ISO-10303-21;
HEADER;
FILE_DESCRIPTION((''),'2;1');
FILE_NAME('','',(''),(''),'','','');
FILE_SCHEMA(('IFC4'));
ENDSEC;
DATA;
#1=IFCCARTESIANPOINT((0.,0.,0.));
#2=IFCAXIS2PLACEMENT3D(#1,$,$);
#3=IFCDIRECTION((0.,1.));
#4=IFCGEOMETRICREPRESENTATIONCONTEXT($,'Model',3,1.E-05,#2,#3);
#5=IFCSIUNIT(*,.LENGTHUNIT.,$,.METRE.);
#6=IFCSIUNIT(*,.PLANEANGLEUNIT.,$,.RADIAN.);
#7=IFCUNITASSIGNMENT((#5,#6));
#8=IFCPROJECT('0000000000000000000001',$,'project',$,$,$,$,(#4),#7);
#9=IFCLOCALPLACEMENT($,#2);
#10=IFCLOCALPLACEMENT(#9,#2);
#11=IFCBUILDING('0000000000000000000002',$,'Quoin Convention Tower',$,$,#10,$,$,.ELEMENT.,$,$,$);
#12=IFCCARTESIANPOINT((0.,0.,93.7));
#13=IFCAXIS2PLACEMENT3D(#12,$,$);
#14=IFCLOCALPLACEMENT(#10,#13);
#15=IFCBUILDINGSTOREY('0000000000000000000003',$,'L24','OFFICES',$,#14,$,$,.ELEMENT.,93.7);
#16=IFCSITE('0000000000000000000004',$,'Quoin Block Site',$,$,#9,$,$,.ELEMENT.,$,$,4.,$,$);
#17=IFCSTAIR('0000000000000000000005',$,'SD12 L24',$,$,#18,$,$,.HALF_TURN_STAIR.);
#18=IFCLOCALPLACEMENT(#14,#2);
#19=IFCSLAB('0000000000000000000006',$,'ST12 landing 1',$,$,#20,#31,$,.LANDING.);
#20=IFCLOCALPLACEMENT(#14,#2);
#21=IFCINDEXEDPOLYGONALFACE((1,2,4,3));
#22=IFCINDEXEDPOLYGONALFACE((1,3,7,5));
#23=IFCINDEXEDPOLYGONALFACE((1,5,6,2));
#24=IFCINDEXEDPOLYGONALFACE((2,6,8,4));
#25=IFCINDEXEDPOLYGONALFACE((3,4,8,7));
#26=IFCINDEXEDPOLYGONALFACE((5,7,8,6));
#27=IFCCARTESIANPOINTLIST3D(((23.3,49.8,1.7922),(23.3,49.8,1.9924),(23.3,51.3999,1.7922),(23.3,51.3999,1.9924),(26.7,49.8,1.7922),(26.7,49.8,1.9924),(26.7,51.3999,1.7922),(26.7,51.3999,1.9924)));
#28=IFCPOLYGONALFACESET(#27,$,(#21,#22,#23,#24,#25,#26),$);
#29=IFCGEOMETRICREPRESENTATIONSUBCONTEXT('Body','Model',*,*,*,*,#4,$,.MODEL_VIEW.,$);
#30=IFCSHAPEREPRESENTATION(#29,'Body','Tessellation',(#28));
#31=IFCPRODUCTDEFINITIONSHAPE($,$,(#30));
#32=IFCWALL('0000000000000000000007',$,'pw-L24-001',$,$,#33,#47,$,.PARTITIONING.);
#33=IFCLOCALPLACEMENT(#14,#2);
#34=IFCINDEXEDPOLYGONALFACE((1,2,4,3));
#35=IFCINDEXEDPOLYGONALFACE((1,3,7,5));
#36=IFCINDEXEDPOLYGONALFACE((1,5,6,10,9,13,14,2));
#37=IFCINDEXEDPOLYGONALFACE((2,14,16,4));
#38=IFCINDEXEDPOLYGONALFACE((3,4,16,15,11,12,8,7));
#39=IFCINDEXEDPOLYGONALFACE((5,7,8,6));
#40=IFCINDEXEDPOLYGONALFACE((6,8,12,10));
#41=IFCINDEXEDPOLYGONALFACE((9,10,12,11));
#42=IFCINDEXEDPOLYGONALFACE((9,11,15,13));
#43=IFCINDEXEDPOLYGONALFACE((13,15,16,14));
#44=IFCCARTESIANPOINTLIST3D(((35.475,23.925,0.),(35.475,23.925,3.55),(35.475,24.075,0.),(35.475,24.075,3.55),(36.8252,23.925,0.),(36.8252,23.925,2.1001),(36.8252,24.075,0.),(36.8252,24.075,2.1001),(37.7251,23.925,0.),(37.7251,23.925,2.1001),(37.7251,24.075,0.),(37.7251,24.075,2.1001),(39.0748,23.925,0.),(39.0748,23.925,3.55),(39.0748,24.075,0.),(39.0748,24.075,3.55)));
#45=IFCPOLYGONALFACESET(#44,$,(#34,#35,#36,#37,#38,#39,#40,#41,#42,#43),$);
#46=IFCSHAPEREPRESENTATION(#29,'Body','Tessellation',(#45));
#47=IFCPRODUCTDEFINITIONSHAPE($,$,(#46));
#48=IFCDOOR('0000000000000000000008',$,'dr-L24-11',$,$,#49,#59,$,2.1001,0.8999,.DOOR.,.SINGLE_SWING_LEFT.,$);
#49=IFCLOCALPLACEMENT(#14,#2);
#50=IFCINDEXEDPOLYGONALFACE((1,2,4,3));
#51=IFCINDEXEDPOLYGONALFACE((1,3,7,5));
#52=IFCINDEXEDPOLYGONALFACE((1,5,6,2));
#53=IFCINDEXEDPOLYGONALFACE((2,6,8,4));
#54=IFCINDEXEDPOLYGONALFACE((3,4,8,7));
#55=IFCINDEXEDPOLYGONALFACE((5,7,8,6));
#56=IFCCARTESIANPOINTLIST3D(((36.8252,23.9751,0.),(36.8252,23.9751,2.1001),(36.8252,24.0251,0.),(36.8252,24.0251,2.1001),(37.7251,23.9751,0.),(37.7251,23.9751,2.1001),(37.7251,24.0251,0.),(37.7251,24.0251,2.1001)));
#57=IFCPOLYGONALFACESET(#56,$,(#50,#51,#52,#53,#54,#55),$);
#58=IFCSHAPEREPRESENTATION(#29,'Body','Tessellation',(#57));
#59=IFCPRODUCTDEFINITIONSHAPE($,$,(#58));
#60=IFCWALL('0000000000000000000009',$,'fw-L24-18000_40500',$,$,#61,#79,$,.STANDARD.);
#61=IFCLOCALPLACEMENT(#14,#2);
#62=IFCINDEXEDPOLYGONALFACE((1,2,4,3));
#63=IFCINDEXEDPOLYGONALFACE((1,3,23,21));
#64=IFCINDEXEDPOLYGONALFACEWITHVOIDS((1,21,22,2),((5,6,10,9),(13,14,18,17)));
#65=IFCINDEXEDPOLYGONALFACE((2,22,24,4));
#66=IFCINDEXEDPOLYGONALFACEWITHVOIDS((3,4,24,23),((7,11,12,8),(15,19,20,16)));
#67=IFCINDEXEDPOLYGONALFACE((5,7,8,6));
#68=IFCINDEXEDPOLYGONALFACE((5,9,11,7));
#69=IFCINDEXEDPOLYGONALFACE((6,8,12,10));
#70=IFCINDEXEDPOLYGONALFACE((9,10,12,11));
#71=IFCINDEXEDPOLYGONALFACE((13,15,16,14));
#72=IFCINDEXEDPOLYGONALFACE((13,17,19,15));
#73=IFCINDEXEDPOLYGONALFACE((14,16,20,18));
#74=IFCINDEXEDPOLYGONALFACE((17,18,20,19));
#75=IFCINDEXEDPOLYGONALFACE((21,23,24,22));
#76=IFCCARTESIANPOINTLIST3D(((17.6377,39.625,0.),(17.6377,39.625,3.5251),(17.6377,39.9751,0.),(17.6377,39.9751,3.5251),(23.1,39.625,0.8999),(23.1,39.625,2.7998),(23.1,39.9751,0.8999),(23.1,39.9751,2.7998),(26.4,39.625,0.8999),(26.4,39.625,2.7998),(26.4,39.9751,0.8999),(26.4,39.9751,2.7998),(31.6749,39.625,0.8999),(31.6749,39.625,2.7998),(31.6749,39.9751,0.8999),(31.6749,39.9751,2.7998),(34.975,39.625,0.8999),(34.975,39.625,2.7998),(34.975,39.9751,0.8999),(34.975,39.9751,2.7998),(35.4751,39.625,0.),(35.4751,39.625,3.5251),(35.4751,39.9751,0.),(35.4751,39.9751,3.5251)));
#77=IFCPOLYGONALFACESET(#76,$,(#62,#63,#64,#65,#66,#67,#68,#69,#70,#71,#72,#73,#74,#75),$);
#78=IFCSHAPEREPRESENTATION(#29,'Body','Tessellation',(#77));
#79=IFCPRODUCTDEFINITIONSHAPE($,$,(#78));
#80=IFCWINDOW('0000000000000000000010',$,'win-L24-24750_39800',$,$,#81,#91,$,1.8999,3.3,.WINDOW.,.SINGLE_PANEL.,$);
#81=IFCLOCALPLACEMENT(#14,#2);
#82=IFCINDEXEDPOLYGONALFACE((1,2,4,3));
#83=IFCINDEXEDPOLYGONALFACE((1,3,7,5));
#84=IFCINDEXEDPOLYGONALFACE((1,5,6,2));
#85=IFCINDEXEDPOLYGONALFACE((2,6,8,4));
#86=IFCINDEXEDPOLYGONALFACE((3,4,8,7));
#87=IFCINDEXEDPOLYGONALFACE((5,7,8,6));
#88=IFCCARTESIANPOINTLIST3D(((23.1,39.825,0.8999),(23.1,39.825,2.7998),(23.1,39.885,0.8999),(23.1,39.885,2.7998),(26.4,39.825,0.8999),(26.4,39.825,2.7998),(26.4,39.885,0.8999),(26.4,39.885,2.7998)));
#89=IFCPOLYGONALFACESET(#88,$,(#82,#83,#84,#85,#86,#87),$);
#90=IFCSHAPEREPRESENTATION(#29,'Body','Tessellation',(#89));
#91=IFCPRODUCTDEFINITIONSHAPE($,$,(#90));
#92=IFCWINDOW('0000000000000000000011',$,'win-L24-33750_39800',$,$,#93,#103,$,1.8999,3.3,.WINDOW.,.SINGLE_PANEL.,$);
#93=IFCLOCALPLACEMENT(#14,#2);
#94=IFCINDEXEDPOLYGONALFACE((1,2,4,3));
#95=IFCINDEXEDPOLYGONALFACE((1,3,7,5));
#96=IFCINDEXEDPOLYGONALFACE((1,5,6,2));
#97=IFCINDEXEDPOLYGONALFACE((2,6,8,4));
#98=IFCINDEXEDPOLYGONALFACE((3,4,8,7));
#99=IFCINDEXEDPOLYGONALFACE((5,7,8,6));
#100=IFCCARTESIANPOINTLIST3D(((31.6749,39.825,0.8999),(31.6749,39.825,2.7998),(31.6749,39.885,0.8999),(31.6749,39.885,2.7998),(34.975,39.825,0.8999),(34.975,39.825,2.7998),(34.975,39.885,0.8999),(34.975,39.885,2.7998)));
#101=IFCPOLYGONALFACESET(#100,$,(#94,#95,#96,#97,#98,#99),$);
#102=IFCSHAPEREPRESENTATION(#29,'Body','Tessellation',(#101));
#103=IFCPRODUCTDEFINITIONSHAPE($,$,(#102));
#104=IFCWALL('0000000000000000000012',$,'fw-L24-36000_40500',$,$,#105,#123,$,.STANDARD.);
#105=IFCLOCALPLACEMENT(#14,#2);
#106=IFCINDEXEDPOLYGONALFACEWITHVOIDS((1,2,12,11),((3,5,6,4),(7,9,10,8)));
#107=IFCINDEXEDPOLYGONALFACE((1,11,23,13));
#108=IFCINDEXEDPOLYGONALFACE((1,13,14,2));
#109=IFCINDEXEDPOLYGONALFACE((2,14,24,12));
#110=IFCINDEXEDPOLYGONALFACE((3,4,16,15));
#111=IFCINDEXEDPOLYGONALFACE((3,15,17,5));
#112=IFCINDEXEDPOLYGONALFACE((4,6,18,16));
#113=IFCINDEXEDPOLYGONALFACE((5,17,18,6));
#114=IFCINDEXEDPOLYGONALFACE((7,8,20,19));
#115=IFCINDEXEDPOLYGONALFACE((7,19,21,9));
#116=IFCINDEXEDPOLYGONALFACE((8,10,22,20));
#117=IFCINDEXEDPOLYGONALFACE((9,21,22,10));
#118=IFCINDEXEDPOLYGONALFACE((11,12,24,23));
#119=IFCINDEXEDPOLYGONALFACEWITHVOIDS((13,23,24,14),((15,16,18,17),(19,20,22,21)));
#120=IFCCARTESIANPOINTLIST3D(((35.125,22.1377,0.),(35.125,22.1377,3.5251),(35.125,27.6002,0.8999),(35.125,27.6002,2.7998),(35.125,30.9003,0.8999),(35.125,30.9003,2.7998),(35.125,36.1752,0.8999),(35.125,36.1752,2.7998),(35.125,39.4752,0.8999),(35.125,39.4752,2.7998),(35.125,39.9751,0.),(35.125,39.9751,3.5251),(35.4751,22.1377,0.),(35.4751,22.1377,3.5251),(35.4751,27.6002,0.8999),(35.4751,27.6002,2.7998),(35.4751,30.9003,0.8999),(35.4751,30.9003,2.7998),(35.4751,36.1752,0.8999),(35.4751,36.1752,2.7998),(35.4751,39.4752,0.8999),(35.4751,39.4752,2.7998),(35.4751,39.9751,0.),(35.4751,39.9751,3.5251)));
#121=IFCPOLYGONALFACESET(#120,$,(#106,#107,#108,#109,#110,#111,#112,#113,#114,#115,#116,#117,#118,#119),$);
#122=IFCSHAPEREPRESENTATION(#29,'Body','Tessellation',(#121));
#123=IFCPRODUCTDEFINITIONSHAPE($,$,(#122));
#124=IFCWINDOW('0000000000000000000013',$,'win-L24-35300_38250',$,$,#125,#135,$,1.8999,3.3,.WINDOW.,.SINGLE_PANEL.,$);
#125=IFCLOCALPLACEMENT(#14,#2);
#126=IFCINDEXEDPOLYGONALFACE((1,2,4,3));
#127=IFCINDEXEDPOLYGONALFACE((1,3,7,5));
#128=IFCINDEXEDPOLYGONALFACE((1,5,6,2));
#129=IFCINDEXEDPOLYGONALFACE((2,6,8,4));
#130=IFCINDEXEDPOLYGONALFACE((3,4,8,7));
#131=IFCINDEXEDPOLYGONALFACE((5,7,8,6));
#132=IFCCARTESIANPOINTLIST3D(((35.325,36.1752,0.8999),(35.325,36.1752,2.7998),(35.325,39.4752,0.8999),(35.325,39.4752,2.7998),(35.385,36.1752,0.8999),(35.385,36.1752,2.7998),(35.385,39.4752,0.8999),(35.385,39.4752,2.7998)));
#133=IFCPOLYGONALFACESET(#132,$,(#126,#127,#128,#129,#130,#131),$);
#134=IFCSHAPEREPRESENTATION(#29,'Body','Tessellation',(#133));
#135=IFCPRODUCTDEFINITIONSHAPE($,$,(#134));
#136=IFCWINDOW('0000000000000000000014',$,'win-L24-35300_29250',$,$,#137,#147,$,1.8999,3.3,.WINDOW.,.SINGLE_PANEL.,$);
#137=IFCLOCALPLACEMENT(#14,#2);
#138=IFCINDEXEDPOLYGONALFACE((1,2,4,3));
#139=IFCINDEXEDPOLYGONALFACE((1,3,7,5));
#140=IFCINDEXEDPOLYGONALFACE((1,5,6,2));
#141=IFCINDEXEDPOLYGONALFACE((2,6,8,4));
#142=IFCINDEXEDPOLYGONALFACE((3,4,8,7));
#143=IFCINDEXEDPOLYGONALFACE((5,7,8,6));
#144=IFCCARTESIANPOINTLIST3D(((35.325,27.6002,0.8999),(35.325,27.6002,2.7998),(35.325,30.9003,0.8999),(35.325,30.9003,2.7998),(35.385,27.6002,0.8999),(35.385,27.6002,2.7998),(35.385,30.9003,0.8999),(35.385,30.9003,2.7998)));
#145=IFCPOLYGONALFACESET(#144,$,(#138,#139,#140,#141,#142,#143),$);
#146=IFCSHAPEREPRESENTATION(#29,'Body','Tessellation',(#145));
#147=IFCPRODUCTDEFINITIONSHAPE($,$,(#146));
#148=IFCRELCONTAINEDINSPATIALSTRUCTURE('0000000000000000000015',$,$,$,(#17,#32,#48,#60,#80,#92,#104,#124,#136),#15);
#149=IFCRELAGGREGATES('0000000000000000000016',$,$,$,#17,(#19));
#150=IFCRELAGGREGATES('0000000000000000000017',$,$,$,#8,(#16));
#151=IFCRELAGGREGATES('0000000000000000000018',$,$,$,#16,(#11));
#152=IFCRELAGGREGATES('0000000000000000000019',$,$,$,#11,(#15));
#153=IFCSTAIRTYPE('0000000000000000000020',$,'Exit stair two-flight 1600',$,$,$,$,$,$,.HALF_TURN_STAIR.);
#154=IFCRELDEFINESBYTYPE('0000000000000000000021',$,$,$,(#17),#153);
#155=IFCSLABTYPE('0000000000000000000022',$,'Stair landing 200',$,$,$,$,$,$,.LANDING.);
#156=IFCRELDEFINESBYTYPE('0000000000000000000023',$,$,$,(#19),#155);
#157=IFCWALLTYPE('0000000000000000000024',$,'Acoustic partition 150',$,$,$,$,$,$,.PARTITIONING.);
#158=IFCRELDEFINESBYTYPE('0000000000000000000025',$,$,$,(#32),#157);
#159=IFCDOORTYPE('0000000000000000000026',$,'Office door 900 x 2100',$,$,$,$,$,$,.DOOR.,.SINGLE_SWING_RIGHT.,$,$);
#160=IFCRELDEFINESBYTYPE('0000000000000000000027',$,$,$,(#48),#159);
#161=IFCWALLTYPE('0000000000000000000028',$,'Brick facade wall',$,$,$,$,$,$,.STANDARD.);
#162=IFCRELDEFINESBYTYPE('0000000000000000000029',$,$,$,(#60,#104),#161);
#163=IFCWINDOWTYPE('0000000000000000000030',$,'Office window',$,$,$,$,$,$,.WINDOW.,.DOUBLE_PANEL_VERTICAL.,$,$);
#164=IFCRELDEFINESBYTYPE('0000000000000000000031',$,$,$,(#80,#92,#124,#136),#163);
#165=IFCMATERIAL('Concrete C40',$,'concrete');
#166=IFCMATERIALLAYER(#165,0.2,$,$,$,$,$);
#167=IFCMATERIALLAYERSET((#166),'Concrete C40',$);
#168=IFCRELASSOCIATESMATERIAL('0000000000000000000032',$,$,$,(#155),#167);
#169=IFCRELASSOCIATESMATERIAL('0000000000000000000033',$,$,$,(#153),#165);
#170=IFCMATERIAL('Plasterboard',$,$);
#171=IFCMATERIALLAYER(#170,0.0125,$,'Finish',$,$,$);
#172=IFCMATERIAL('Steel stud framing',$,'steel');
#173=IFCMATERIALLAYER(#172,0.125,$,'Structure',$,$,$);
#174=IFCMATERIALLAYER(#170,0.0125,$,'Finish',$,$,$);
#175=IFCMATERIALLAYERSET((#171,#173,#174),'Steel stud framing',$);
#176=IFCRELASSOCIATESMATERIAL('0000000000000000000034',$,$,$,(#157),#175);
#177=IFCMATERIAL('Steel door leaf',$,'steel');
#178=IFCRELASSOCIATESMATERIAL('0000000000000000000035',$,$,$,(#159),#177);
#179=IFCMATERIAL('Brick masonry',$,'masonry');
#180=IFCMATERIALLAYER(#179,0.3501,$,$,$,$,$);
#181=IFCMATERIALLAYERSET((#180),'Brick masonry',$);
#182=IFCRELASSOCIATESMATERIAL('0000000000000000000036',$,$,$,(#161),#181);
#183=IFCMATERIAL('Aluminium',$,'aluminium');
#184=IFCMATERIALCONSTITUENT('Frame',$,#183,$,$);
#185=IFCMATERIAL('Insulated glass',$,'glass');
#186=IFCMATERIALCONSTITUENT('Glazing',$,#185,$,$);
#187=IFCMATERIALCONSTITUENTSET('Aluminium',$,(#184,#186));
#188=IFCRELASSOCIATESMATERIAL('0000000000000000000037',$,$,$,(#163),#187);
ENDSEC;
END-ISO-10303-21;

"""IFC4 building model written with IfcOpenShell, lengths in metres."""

from ifc_helpers import new_model, si_unit, direction, frame, frame_2d, origin, place, context, subcontext, project, spatial, polyline, rectangle, outline, extrude, material, layer, layer_set, constituent, constituent_set, type_object, element, fill, aggregate, save


model = new_model("IFC4")

# Units and contexts
model_context = context("Model", 3, precision=1e-05, world=origin(), true_north=direction((0.0, 1.0)))
body_context = subcontext(model_context, "Body", "Model", "MODEL_VIEW")
ifc_project = project(units=[si_unit("LENGTHUNIT", "METRE"), si_unit("PLANEANGLEUNIT", "RADIAN")], contexts=[model_context])

# Site, building, storey
site_placement = place(None, origin())
site = spatial("IfcSite", under=ifc_project, at=site_placement, Name="Quoin Block Site", CompositionType="ELEMENT", RefElevation=4.0)
building_placement = place(site_placement, origin())
building = spatial("IfcBuilding", under=site, at=building_placement, Name="Quoin Convention Tower", CompositionType="ELEMENT")
storey_placement = place(building_placement, frame((0.0, 0.0, 93.7)))
storey = spatial("IfcBuildingStorey", under=building, at=storey_placement, Name="L24", Description="OFFICES", CompositionType="ELEMENT", Elevation=93.7)

# Shared definitions
ifc_material_1 = material(Name="Concrete C40", Category="concrete")

# Stair, slab
ifc_layer_1 = layer(ifc_material_1, 0.2)
ifc_layer_set_1 = layer_set([ifc_layer_1], Name="Concrete C40")
slab_type_1 = type_object("IfcSlabType", Name="Stair landing 200", PredefinedType="LANDING", material=ifc_layer_set_1)
stair_type_1 = type_object("IfcStairType", Name="Exit stair two-flight 1600", PredefinedType="HALF_TURN_STAIR", material=ifc_material_1)
stair_1_placement = place(storey_placement, origin())
stair_1 = element("IfcStair", 1, at=stair_1_placement, inside=storey, type_object=stair_type_1, Name="SD12 L24", PredefinedType="HALF_TURN_STAIR")
slab_1_placement = place(storey_placement, frame((0.0, 0.0, 1.7922)))
slab_1 = element("IfcSlab", 2, at=slab_1_placement, type_object=slab_type_1, Name="ST12 landing 1", PredefinedType="LANDING", context=body_context, shape_type="SweptSolid", body=[
    extrude(outline(polyline([(26.7, 51.3999), (23.3, 51.3999), (23.3, 49.8), (26.7, 49.8), (26.7, 51.3999)])), origin(), (0.0, 0.0, 1.0), 0.2002),
])
aggregate(stair_1, [slab_1])

# Wall, opening, door
ifc_material_2 = material(Name="Plasterboard")
ifc_layer_2 = layer(ifc_material_2, 0.0125, Name="Finish")
ifc_material_3 = material(Name="Steel stud framing", Category="steel")
ifc_layer_3 = layer(ifc_material_3, 0.125, Name="Structure")
ifc_layer_4 = layer(ifc_material_2, 0.0125, Name="Finish")
ifc_layer_set_2 = layer_set([ifc_layer_2, ifc_layer_3, ifc_layer_4], Name="Steel stud framing")
wall_type_1 = type_object("IfcWallType", Name="Acoustic partition 150", PredefinedType="PARTITIONING", material=ifc_layer_set_2)
wall_1_placement = place(storey_placement, frame((35.4751, 24.0, 0.0), z_axis=(0.0, 0.0, 1.0), x_axis=(1.0, 0.0, 0.0)))
wall_1 = element("IfcWall", 3, at=wall_1_placement, inside=storey, type_object=wall_type_1, Name="pw-L24-001", PredefinedType="PARTITIONING", context=body_context, shape_type="SweptSolid", body=[
    extrude(rectangle(XDim=3.5999, YDim=0.1499, at=frame_2d((1.7998, 0.0))), origin(), (0.0, 0.0, 1.0), 3.55),
])
opening_1_placement = place(wall_1_placement, frame((1.3501, 0.0, 0.0)))
opening_1 = element("IfcOpeningElement", 4, at=opening_1_placement, cuts=wall_1, PredefinedType="OPENING", context=body_context, shape_type="SweptSolid", body=[
    extrude(rectangle(XDim=0.8999, YDim=2.1001, at=frame_2d((0.45, 1.05))), frame((0.0, 0.085, 0.0), z_axis=(0.0, -1.0, 0.0), x_axis=(1.0, 0.0, 0.0)), (0.0, 0.0, 1.0), 0.1699),
])
ifc_material_4 = material(Name="Steel door leaf", Category="steel")
door_type = type_object("IfcDoorType", Name="Office door 900 x 2100", OperationType="SINGLE_SWING_RIGHT", PredefinedType="DOOR", material=ifc_material_4)
door_placement = place(opening_1_placement, frame((0.8999, 0.0, 0.0), z_axis=(0.0, 0.0, 1.0), x_axis=(-1.0, 0.0, 0.0)))
door = element("IfcDoor", 5, at=door_placement, inside=storey, type_object=door_type, Name="dr-L24-11", OperationType="SINGLE_SWING_LEFT", OverallHeight=2.1001, OverallWidth=0.8999, PredefinedType="DOOR", context=body_context, shape_type="SweptSolid", body=[
    extrude(rectangle(XDim=0.8999, YDim=2.1001, at=frame_2d((0.45, 1.05))), frame((0.0, 0.0249, 0.0), z_axis=(0.0, -1.0, 0.0), x_axis=(1.0, 0.0, 0.0)), (0.0, 0.0, 1.0), 0.05),
])
fill(opening_1, door)

# Walls, openings, windows
ifc_material_5 = material(Name="Brick masonry", Category="masonry")
ifc_layer_5 = layer(ifc_material_5, 0.3501)
ifc_layer_set_3 = layer_set([ifc_layer_5], Name="Brick masonry")
wall_type_2 = type_object("IfcWallType", Name="Brick facade wall", PredefinedType="STANDARD", material=ifc_layer_set_3)
wall_2_placement = place(storey_placement, frame((17.6377, 39.8, 0.0), z_axis=(0.0, 0.0, 1.0), x_axis=(1.0, 0.0, 0.0)))
wall_2 = element("IfcWall", 6, at=wall_2_placement, inside=storey, type_object=wall_type_2, Name="fw-L24-18000_40500", PredefinedType="STANDARD", context=body_context, shape_type="SweptSolid", body=[
    extrude(rectangle(XDim=17.8374, YDim=0.3501, at=frame_2d((8.9187, 0.0))), origin(), (0.0, 0.0, 1.0), 3.5251),
])
opening_2_placement = place(wall_2_placement, frame((5.4624, 0.0, 0.8999)))
opening_2 = element("IfcOpeningElement", 7, at=opening_2_placement, cuts=wall_2, PredefinedType="OPENING", context=body_context, shape_type="SweptSolid", body=[
    extrude(rectangle(XDim=3.3, YDim=1.8999, at=frame_2d((1.6499, 0.95))), frame((0.0, 0.1851, 0.0), z_axis=(0.0, -1.0, 0.0), x_axis=(1.0, 0.0, 0.0)), (0.0, 0.0, 1.0), 0.3701),
])
opening_3_placement = place(wall_2_placement, frame((14.0374, 0.0, 0.8999)))
opening_3 = element("IfcOpeningElement", 8, at=opening_3_placement, cuts=wall_2, PredefinedType="OPENING", context=body_context, shape_type="SweptSolid", body=[
    extrude(rectangle(XDim=3.3, YDim=1.8999, at=frame_2d((1.6499, 0.95))), frame((0.0, 0.1851, 0.0), z_axis=(0.0, -1.0, 0.0), x_axis=(1.0, 0.0, 0.0)), (0.0, 0.0, 1.0), 0.3701),
])
ifc_material_6 = material(Name="Aluminium", Category="aluminium")
ifc_constituent_1 = constituent(ifc_material_6, Name="Frame")
ifc_material_7 = material(Name="Insulated glass", Category="glass")
ifc_constituent_2 = constituent(ifc_material_7, Name="Glazing")
ifc_constituent_set = constituent_set(constituents=[ifc_constituent_1, ifc_constituent_2], Name="Aluminium")
window_type = type_object("IfcWindowType", Name="Office window", PartitioningType="DOUBLE_PANEL_VERTICAL", PredefinedType="WINDOW", material=ifc_constituent_set)
window_1_placement = place(opening_2_placement, origin())
window_1 = element("IfcWindow", 9, at=window_1_placement, inside=storey, type_object=window_type, Name="win-L24-24750_39800", OverallHeight=1.8999, OverallWidth=3.3, PartitioningType="SINGLE_PANEL", PredefinedType="WINDOW", context=body_context, shape_type="SweptSolid", body=[
    extrude(rectangle(XDim=3.3, YDim=1.8999, at=frame_2d((1.6499, 0.95))), frame((0.0, 0.085, 0.0), z_axis=(0.0, -1.0, 0.0), x_axis=(1.0, 0.0, 0.0)), (0.0, 0.0, 1.0), 0.0601),
])
fill(opening_2, window_1)
window_2_placement = place(opening_3_placement, origin())
window_2 = element("IfcWindow", 10, at=window_2_placement, inside=storey, type_object=window_type, Name="win-L24-33750_39800", OverallHeight=1.8999, OverallWidth=3.3, PartitioningType="SINGLE_PANEL", PredefinedType="WINDOW", context=body_context, shape_type="SweptSolid", body=[
    extrude(rectangle(XDim=3.3, YDim=1.8999, at=frame_2d((1.6499, 0.95))), frame((0.0, 0.085, 0.0), z_axis=(0.0, -1.0, 0.0), x_axis=(1.0, 0.0, 0.0)), (0.0, 0.0, 1.0), 0.0601),
])
fill(opening_3, window_2)
wall_3_placement = place(storey_placement, frame((35.3, 39.9751, 0.0), z_axis=(0.0, 0.0, 1.0), x_axis=(0.0, -1.0, 0.0)))
wall_3 = element("IfcWall", 11, at=wall_3_placement, inside=storey, type_object=wall_type_2, Name="fw-L24-36000_40500", PredefinedType="STANDARD", context=body_context, shape_type="SweptSolid", body=[
    extrude(rectangle(XDim=17.8374, YDim=0.3501, at=frame_2d((8.9187, 0.0))), origin(), (0.0, 0.0, 1.0), 3.5251),
])
opening_4_placement = place(wall_3_placement, frame((0.5, 0.0, 0.8999)))
opening_4 = element("IfcOpeningElement", 12, at=opening_4_placement, cuts=wall_3, PredefinedType="OPENING", context=body_context, shape_type="SweptSolid", body=[
    extrude(rectangle(XDim=3.3, YDim=1.8999, at=frame_2d((1.6499, 0.95))), frame((0.0, 0.1851, 0.0), z_axis=(0.0, -1.0, 0.0), x_axis=(1.0, 0.0, 0.0)), (0.0, 0.0, 1.0), 0.3701),
])
opening_5_placement = place(wall_3_placement, frame((9.075, 0.0, 0.8999)))
opening_5 = element("IfcOpeningElement", 13, at=opening_5_placement, cuts=wall_3, PredefinedType="OPENING", context=body_context, shape_type="SweptSolid", body=[
    extrude(rectangle(XDim=3.3, YDim=1.8999, at=frame_2d((1.6499, 0.95))), frame((0.0, 0.1851, 0.0), z_axis=(0.0, -1.0, 0.0), x_axis=(1.0, 0.0, 0.0)), (0.0, 0.0, 1.0), 0.3701),
])
window_3_placement = place(opening_4_placement, origin())
window_3 = element("IfcWindow", 14, at=window_3_placement, inside=storey, type_object=window_type, Name="win-L24-35300_38250", OverallHeight=1.8999, OverallWidth=3.3, PartitioningType="SINGLE_PANEL", PredefinedType="WINDOW", context=body_context, shape_type="SweptSolid", body=[
    extrude(rectangle(XDim=3.3, YDim=1.8999, at=frame_2d((1.6499, 0.95))), frame((0.0, 0.085, 0.0), z_axis=(0.0, -1.0, 0.0), x_axis=(1.0, 0.0, 0.0)), (0.0, 0.0, 1.0), 0.0601),
])
fill(opening_4, window_3)
window_4_placement = place(opening_5_placement, origin())
window_4 = element("IfcWindow", 15, at=window_4_placement, inside=storey, type_object=window_type, Name="win-L24-35300_29250", OverallHeight=1.8999, OverallWidth=3.3, PartitioningType="SINGLE_PANEL", PredefinedType="WINDOW", context=body_context, shape_type="SweptSolid", body=[
    extrude(rectangle(XDim=3.3, YDim=1.8999, at=frame_2d((1.6499, 0.95))), frame((0.0, 0.085, 0.0), z_axis=(0.0, -1.0, 0.0), x_axis=(1.0, 0.0, 0.0)), (0.0, 0.0, 1.0), 0.0601),
])
fill(opening_5, window_4)

save(model, "model.ifc")
